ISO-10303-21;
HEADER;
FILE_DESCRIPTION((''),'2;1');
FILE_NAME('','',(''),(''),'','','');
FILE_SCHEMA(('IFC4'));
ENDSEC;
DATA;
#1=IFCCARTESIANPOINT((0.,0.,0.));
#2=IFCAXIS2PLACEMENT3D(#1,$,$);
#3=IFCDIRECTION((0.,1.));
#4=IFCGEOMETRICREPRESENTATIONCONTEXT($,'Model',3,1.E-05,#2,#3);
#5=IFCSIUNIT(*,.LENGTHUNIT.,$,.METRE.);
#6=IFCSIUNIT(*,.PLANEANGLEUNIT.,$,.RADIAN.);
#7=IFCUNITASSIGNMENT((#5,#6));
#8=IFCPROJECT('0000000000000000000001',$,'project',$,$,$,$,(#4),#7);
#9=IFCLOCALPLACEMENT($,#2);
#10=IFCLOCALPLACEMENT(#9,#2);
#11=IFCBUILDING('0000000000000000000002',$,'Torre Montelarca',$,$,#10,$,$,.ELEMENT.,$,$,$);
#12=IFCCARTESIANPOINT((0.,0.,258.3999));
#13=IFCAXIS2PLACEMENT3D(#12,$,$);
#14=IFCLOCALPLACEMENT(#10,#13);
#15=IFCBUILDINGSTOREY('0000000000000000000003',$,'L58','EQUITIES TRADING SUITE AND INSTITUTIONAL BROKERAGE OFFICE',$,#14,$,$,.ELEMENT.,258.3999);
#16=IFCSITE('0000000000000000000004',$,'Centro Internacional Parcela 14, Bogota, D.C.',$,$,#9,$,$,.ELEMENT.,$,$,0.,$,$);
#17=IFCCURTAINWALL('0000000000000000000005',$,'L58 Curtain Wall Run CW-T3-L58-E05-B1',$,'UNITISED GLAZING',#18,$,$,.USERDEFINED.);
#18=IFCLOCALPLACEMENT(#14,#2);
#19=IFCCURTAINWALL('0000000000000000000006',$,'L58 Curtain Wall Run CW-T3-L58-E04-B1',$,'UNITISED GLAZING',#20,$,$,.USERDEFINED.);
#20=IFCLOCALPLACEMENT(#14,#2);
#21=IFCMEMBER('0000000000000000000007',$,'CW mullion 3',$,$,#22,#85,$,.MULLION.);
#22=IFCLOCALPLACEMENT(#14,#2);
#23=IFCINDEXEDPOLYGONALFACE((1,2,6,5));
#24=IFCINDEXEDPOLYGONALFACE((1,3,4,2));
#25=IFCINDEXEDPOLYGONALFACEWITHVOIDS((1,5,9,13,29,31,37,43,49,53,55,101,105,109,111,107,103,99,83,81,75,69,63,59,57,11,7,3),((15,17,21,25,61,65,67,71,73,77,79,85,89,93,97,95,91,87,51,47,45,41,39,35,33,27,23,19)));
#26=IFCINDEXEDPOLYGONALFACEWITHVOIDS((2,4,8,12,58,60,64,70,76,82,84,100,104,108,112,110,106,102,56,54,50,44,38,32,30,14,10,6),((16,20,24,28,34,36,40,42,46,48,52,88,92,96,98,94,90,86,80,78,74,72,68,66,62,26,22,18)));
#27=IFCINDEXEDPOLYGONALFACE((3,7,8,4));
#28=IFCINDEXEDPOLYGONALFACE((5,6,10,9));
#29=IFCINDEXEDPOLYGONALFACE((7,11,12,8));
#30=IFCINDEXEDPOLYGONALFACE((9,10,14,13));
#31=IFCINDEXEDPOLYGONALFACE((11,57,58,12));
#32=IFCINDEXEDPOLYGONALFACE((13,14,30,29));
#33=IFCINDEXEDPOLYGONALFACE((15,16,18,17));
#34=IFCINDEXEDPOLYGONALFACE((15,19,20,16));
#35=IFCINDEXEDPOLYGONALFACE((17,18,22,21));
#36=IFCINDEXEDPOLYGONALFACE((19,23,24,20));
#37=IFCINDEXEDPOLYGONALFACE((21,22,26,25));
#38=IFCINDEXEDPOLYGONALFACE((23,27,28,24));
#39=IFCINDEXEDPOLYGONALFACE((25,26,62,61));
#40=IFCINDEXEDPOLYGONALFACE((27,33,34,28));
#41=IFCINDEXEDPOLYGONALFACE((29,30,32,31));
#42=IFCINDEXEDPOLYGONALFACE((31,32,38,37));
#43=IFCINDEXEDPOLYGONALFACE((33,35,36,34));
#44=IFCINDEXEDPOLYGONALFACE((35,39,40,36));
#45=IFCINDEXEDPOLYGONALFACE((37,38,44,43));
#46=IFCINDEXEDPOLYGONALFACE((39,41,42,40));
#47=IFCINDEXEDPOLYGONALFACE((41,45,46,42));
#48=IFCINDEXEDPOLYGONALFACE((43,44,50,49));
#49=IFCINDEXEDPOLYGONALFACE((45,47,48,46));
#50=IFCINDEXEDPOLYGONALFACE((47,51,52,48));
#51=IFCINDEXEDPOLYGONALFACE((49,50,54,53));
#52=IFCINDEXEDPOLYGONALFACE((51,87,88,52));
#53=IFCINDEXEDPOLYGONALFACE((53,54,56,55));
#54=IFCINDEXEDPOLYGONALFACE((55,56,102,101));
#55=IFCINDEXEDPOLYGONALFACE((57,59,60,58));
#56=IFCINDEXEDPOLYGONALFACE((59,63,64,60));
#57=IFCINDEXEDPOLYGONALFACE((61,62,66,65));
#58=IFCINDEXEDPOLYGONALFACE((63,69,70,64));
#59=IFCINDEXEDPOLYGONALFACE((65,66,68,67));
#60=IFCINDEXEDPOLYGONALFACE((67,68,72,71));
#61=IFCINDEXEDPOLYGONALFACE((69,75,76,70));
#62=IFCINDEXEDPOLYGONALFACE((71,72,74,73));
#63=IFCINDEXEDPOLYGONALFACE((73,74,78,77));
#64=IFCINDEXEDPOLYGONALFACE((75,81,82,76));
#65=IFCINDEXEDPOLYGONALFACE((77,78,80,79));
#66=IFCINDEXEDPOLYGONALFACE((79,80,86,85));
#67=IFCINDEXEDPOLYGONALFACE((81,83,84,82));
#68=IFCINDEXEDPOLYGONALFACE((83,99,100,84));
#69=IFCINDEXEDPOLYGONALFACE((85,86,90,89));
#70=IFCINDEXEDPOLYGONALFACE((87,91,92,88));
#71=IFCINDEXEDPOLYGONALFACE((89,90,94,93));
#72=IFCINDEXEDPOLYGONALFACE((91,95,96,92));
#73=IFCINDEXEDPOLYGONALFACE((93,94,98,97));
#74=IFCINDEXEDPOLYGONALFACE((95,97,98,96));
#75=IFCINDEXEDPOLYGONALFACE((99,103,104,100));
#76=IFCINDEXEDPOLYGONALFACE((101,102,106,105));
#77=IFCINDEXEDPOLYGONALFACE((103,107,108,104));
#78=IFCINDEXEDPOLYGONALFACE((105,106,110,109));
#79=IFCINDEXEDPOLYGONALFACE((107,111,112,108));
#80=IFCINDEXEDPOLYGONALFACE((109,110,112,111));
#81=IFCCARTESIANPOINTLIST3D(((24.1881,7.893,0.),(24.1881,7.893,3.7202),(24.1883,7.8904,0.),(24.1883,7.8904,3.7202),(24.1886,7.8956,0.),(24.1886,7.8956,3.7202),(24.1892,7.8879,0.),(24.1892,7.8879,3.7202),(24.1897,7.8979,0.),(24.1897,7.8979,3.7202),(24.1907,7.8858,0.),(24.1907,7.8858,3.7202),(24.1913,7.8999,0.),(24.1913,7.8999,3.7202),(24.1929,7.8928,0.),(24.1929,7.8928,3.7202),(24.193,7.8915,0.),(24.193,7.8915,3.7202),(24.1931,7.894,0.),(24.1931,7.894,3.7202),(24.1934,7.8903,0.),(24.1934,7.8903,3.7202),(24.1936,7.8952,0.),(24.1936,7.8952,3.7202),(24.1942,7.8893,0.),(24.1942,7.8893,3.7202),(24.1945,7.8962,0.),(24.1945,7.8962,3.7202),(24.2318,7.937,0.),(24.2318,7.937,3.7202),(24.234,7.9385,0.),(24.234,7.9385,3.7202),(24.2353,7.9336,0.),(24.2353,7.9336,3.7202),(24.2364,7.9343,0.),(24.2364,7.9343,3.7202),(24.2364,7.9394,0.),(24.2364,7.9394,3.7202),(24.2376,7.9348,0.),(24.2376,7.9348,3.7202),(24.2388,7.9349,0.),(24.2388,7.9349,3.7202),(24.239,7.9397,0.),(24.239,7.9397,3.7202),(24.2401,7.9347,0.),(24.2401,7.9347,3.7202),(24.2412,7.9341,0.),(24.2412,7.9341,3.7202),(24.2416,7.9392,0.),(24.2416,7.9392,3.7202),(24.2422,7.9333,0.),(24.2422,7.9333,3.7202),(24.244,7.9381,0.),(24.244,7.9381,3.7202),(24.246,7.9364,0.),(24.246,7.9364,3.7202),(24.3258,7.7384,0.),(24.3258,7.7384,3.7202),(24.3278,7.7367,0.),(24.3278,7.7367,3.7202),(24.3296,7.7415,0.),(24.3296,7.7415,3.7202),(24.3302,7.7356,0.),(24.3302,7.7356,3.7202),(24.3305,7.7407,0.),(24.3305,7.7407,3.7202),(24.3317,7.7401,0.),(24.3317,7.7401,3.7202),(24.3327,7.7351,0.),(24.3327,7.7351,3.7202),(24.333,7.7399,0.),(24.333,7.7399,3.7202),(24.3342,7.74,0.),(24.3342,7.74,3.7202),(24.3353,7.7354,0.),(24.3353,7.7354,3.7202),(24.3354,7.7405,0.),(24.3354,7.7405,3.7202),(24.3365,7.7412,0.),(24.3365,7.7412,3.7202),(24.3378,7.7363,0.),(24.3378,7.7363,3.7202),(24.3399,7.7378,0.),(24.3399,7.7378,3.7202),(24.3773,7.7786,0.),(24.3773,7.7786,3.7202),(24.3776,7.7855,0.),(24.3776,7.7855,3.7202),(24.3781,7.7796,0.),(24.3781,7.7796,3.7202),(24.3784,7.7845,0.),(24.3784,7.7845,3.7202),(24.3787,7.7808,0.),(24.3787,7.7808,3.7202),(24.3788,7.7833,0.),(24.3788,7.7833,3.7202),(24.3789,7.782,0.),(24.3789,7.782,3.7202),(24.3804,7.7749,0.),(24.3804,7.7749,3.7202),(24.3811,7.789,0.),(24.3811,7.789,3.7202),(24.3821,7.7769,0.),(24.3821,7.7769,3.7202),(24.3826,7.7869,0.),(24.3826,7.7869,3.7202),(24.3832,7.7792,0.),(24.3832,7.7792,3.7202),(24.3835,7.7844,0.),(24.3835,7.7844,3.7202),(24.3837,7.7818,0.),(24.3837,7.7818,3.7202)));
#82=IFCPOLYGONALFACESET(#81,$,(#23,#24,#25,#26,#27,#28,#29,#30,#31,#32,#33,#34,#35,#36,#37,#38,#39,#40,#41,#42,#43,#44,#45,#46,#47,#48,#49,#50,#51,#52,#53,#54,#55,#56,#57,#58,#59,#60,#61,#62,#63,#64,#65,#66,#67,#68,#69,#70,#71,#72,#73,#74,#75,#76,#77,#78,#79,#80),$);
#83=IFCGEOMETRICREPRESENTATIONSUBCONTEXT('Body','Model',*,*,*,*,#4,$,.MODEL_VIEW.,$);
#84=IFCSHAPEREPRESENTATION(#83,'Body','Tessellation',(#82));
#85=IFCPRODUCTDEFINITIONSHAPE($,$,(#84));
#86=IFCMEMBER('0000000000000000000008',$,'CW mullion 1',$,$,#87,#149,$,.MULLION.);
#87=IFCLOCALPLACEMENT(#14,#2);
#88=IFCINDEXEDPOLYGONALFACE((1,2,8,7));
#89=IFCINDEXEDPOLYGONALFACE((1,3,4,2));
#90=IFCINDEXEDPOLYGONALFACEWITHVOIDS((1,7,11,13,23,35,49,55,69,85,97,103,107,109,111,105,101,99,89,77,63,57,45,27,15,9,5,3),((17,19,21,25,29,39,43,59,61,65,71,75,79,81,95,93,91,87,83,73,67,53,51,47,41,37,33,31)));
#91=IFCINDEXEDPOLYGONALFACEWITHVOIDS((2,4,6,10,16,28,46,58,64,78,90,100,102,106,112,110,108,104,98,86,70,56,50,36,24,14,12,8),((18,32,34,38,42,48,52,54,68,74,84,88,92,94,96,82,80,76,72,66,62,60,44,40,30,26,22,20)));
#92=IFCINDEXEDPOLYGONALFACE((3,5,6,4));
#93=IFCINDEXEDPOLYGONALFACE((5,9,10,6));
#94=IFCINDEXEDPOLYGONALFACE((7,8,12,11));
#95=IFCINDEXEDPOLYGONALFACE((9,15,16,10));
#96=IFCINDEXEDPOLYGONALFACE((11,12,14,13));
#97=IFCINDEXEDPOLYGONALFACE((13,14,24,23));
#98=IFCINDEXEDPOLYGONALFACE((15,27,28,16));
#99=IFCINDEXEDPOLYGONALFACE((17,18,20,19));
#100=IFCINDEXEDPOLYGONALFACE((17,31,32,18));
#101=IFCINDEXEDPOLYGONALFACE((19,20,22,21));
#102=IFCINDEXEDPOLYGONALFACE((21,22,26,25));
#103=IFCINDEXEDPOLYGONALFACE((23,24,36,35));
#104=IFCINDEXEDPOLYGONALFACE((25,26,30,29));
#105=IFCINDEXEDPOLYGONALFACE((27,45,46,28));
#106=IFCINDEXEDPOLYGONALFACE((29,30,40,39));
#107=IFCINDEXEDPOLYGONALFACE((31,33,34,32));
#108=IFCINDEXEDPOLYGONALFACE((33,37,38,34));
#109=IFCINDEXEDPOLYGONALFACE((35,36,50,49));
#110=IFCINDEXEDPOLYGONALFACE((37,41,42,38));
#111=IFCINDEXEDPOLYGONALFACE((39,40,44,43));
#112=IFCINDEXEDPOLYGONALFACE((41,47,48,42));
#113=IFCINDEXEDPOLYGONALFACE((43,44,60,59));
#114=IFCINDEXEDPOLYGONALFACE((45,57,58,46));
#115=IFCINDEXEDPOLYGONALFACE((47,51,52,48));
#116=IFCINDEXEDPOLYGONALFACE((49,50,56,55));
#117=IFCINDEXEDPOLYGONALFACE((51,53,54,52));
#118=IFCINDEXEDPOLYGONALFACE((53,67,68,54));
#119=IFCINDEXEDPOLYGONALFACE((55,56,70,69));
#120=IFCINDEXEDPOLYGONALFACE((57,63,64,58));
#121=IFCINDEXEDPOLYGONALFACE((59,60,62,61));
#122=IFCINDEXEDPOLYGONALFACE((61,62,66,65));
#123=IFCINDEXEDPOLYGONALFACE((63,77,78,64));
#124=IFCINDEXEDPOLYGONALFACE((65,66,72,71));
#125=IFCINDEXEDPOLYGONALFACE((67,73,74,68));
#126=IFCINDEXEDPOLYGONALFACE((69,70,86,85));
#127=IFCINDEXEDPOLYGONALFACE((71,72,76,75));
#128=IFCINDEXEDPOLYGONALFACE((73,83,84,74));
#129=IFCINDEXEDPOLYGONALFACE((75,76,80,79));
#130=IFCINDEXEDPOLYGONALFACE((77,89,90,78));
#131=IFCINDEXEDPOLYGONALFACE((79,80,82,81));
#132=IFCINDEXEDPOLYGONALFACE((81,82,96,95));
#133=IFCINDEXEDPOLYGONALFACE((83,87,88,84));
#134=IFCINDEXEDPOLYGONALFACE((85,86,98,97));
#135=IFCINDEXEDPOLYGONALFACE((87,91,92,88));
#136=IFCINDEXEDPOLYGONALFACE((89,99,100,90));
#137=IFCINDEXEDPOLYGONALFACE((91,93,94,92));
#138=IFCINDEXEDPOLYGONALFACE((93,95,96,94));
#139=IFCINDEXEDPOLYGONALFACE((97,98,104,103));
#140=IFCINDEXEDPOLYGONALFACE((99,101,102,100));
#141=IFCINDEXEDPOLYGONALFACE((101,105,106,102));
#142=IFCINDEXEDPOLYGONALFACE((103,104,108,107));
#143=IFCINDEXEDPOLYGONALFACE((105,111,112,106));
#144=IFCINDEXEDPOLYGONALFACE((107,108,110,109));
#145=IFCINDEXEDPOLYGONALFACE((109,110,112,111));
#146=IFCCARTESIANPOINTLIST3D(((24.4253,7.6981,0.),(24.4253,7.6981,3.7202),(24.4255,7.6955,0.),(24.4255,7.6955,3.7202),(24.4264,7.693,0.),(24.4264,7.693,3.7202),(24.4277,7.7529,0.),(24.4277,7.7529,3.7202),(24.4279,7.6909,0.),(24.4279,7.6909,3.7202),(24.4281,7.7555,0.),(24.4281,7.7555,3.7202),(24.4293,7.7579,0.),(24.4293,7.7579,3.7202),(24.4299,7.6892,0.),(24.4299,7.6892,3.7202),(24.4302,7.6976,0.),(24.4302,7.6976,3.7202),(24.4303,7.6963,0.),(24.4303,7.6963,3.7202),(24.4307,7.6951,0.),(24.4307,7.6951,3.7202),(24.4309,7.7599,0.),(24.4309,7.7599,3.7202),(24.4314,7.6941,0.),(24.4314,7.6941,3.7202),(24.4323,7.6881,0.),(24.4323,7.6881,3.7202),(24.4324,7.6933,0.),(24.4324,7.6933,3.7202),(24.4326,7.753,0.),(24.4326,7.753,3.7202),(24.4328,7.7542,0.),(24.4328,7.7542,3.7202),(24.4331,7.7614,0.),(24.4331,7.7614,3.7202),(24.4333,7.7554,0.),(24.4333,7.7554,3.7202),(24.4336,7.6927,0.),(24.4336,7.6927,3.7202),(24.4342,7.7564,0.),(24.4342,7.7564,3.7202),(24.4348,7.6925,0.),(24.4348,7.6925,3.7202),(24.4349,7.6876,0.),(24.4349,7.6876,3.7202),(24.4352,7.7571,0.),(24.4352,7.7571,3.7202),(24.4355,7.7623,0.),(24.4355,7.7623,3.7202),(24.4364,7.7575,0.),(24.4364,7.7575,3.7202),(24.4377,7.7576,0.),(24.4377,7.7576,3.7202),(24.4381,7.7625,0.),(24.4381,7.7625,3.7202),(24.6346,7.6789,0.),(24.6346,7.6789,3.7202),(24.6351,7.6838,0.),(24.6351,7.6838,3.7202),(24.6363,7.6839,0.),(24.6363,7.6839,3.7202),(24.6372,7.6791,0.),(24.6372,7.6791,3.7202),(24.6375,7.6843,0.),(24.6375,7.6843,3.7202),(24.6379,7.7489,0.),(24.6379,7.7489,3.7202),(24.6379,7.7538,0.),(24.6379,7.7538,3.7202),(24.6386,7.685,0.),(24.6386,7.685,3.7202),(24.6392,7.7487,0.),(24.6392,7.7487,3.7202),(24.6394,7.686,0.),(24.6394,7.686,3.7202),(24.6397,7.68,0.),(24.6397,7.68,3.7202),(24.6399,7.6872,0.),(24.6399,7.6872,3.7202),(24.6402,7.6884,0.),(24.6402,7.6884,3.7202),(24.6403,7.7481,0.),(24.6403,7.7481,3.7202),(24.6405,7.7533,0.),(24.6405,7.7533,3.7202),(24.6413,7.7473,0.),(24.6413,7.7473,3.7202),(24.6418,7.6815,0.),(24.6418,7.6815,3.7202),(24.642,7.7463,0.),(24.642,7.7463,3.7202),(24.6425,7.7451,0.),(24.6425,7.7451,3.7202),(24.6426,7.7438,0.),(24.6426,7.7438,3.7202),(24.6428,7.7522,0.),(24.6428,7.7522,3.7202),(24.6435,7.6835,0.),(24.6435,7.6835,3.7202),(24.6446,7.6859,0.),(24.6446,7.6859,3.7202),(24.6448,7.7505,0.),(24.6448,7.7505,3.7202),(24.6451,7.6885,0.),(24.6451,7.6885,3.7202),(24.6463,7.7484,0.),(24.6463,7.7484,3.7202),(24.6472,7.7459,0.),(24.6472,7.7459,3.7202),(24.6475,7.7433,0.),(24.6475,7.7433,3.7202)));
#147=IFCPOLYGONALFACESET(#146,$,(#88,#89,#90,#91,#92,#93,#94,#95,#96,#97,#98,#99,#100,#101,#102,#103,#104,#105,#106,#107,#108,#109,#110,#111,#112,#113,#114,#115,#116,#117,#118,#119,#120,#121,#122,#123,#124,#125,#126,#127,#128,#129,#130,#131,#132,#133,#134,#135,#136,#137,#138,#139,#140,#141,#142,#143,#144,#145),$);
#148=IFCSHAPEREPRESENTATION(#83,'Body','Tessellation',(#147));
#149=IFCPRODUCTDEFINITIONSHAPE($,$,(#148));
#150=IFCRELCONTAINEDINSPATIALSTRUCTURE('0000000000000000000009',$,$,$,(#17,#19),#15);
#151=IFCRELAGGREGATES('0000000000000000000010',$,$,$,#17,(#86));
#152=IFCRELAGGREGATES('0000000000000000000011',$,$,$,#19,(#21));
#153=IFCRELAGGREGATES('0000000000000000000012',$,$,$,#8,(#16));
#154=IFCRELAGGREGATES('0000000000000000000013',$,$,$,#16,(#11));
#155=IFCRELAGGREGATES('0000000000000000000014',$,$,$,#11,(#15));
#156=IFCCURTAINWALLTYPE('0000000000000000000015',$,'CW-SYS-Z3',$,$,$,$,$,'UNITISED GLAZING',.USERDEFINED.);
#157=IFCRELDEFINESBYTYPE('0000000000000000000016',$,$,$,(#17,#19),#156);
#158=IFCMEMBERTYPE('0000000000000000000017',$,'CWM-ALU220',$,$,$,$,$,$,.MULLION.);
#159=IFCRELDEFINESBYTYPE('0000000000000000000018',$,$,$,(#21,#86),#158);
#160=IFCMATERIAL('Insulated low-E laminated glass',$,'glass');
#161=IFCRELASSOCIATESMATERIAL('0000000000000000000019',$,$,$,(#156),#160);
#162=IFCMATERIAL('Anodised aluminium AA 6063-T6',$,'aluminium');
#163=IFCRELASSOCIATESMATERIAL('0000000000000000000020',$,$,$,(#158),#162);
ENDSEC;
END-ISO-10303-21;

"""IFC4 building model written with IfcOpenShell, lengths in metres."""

from ifc_helpers import new_model, si_unit, direction, frame, origin, origin_2d, place, context, subcontext, project, spatial, hollow_rectangle, extrude, source, transform, mapped, material, material_profile, profile_set, type_object, element, aggregate, save


model = new_model("IFC4")

# Units and contexts
model_context = context("Model", 3, precision=1e-05, world=origin(), true_north=direction((0.0, 1.0)))
body_context = subcontext(model_context, "Body", "Model", "MODEL_VIEW")
ifc_project = project(units=[si_unit("LENGTHUNIT", "METRE"), si_unit("PLANEANGLEUNIT", "RADIAN")], contexts=[model_context])

# Site, building, storey
site_placement = place(None, origin())
site = spatial("IfcSite", under=ifc_project, at=site_placement, Name="Centro Internacional Parcela 14, Bogota, D.C.", CompositionType="ELEMENT", RefElevation=0.0)
building_placement = place(site_placement, origin())
building = spatial("IfcBuilding", under=site, at=building_placement, Name="Torre Montelarca", CompositionType="ELEMENT")
storey_placement = place(building_placement, frame((0.0, 0.0, 258.3999)))
storey = spatial("IfcBuildingStorey", under=building, at=storey_placement, Name="L58", Description="EQUITIES TRADING SUITE AND INSTITUTIONAL BROKERAGE OFFICE", CompositionType="ELEMENT", Elevation=258.3999)

# Curtain walls, member
ifc_material_1 = material(Name="Insulated low-E laminated glass", Category="glass")
curtain_wall_type = type_object("IfcCurtainWallType", Name="CW-SYS-Z3", ElementType="UNITISED GLAZING", PredefinedType="USERDEFINED", material=ifc_material_1)
curtain_wall_1_placement = place(storey_placement, origin())
curtain_wall_1 = element("IfcCurtainWall", 1, at=curtain_wall_1_placement, inside=storey, type_object=curtain_wall_type, Name="L58 Curtain Wall Run CW-T3-L58-E05-B1", ObjectType="UNITISED GLAZING", PredefinedType="USERDEFINED")
ifc_material_2 = material(Name="Anodised aluminium AA 6063-T6", Category="aluminium")
curtain_wall_2_placement = place(storey_placement, origin())
curtain_wall_2 = element("IfcCurtainWall", 2, at=curtain_wall_2_placement, inside=storey, type_object=curtain_wall_type, Name="L58 Curtain Wall Run CW-T3-L58-E04-B1", ObjectType="UNITISED GLAZING", PredefinedType="USERDEFINED")
ifc_material_profile_1 = material_profile(ifc_material_2, hollow_rectangle(XDim=0.075, YDim=0.22, WallThickness=0.0049, InnerFilletRadius=0.0049, OuterFilletRadius=0.01, at=origin_2d()), Name="ALU75X220X5", Category="aluminium")
ifc_profile_set_1 = profile_set([ifc_material_profile_1], Name="Anodised aluminium AA 6063-T6")
member_type_1 = type_object("IfcMemberType", Name="CWM-ALU220", PredefinedType="MULLION", material=ifc_profile_set_1)
shared_shape_1 = source(origin(), body_context, "Body", "SweptSolid", [
    extrude(hollow_rectangle(XDim=0.075, YDim=0.22, WallThickness=0.0049, InnerFilletRadius=0.0049, OuterFilletRadius=0.01, at=origin_2d()), origin(), (0.0, 0.0, 1.0), 3.7202),
])
member_1_placement = place(storey_placement, frame((24.2859, 7.8374, 0.0), z_axis=(0.0, 0.0, 1.0), x_axis=(0.737293, 0.675573, 0.0)))
member_1 = element("IfcMember", 3, at=member_1_placement, type_object=member_type_1, Name="CW mullion 3", PredefinedType="MULLION", context=body_context, shape_type="MappedRepresentation", body=[
    mapped(shared_shape_1, transform((0.0, 0.0, 0.0), scale=1.0)),
])

# Member
member_2_placement = place(storey_placement, frame((24.5364, 7.7207, 0.0), z_axis=(0.0, 0.0, 1.0), x_axis=(0.043616, 0.999048, 0.0)))
member_2 = element("IfcMember", 4, at=member_2_placement, type_object=member_type_1, Name="CW mullion 1", PredefinedType="MULLION", context=body_context, shape_type="MappedRepresentation", body=[
    mapped(shared_shape_1, transform((0.0, 0.0, 0.0), scale=1.0)),
])

aggregate(curtain_wall_1, [member_2])
aggregate(curtain_wall_2, [member_1])

save(model, "model.ifc")
